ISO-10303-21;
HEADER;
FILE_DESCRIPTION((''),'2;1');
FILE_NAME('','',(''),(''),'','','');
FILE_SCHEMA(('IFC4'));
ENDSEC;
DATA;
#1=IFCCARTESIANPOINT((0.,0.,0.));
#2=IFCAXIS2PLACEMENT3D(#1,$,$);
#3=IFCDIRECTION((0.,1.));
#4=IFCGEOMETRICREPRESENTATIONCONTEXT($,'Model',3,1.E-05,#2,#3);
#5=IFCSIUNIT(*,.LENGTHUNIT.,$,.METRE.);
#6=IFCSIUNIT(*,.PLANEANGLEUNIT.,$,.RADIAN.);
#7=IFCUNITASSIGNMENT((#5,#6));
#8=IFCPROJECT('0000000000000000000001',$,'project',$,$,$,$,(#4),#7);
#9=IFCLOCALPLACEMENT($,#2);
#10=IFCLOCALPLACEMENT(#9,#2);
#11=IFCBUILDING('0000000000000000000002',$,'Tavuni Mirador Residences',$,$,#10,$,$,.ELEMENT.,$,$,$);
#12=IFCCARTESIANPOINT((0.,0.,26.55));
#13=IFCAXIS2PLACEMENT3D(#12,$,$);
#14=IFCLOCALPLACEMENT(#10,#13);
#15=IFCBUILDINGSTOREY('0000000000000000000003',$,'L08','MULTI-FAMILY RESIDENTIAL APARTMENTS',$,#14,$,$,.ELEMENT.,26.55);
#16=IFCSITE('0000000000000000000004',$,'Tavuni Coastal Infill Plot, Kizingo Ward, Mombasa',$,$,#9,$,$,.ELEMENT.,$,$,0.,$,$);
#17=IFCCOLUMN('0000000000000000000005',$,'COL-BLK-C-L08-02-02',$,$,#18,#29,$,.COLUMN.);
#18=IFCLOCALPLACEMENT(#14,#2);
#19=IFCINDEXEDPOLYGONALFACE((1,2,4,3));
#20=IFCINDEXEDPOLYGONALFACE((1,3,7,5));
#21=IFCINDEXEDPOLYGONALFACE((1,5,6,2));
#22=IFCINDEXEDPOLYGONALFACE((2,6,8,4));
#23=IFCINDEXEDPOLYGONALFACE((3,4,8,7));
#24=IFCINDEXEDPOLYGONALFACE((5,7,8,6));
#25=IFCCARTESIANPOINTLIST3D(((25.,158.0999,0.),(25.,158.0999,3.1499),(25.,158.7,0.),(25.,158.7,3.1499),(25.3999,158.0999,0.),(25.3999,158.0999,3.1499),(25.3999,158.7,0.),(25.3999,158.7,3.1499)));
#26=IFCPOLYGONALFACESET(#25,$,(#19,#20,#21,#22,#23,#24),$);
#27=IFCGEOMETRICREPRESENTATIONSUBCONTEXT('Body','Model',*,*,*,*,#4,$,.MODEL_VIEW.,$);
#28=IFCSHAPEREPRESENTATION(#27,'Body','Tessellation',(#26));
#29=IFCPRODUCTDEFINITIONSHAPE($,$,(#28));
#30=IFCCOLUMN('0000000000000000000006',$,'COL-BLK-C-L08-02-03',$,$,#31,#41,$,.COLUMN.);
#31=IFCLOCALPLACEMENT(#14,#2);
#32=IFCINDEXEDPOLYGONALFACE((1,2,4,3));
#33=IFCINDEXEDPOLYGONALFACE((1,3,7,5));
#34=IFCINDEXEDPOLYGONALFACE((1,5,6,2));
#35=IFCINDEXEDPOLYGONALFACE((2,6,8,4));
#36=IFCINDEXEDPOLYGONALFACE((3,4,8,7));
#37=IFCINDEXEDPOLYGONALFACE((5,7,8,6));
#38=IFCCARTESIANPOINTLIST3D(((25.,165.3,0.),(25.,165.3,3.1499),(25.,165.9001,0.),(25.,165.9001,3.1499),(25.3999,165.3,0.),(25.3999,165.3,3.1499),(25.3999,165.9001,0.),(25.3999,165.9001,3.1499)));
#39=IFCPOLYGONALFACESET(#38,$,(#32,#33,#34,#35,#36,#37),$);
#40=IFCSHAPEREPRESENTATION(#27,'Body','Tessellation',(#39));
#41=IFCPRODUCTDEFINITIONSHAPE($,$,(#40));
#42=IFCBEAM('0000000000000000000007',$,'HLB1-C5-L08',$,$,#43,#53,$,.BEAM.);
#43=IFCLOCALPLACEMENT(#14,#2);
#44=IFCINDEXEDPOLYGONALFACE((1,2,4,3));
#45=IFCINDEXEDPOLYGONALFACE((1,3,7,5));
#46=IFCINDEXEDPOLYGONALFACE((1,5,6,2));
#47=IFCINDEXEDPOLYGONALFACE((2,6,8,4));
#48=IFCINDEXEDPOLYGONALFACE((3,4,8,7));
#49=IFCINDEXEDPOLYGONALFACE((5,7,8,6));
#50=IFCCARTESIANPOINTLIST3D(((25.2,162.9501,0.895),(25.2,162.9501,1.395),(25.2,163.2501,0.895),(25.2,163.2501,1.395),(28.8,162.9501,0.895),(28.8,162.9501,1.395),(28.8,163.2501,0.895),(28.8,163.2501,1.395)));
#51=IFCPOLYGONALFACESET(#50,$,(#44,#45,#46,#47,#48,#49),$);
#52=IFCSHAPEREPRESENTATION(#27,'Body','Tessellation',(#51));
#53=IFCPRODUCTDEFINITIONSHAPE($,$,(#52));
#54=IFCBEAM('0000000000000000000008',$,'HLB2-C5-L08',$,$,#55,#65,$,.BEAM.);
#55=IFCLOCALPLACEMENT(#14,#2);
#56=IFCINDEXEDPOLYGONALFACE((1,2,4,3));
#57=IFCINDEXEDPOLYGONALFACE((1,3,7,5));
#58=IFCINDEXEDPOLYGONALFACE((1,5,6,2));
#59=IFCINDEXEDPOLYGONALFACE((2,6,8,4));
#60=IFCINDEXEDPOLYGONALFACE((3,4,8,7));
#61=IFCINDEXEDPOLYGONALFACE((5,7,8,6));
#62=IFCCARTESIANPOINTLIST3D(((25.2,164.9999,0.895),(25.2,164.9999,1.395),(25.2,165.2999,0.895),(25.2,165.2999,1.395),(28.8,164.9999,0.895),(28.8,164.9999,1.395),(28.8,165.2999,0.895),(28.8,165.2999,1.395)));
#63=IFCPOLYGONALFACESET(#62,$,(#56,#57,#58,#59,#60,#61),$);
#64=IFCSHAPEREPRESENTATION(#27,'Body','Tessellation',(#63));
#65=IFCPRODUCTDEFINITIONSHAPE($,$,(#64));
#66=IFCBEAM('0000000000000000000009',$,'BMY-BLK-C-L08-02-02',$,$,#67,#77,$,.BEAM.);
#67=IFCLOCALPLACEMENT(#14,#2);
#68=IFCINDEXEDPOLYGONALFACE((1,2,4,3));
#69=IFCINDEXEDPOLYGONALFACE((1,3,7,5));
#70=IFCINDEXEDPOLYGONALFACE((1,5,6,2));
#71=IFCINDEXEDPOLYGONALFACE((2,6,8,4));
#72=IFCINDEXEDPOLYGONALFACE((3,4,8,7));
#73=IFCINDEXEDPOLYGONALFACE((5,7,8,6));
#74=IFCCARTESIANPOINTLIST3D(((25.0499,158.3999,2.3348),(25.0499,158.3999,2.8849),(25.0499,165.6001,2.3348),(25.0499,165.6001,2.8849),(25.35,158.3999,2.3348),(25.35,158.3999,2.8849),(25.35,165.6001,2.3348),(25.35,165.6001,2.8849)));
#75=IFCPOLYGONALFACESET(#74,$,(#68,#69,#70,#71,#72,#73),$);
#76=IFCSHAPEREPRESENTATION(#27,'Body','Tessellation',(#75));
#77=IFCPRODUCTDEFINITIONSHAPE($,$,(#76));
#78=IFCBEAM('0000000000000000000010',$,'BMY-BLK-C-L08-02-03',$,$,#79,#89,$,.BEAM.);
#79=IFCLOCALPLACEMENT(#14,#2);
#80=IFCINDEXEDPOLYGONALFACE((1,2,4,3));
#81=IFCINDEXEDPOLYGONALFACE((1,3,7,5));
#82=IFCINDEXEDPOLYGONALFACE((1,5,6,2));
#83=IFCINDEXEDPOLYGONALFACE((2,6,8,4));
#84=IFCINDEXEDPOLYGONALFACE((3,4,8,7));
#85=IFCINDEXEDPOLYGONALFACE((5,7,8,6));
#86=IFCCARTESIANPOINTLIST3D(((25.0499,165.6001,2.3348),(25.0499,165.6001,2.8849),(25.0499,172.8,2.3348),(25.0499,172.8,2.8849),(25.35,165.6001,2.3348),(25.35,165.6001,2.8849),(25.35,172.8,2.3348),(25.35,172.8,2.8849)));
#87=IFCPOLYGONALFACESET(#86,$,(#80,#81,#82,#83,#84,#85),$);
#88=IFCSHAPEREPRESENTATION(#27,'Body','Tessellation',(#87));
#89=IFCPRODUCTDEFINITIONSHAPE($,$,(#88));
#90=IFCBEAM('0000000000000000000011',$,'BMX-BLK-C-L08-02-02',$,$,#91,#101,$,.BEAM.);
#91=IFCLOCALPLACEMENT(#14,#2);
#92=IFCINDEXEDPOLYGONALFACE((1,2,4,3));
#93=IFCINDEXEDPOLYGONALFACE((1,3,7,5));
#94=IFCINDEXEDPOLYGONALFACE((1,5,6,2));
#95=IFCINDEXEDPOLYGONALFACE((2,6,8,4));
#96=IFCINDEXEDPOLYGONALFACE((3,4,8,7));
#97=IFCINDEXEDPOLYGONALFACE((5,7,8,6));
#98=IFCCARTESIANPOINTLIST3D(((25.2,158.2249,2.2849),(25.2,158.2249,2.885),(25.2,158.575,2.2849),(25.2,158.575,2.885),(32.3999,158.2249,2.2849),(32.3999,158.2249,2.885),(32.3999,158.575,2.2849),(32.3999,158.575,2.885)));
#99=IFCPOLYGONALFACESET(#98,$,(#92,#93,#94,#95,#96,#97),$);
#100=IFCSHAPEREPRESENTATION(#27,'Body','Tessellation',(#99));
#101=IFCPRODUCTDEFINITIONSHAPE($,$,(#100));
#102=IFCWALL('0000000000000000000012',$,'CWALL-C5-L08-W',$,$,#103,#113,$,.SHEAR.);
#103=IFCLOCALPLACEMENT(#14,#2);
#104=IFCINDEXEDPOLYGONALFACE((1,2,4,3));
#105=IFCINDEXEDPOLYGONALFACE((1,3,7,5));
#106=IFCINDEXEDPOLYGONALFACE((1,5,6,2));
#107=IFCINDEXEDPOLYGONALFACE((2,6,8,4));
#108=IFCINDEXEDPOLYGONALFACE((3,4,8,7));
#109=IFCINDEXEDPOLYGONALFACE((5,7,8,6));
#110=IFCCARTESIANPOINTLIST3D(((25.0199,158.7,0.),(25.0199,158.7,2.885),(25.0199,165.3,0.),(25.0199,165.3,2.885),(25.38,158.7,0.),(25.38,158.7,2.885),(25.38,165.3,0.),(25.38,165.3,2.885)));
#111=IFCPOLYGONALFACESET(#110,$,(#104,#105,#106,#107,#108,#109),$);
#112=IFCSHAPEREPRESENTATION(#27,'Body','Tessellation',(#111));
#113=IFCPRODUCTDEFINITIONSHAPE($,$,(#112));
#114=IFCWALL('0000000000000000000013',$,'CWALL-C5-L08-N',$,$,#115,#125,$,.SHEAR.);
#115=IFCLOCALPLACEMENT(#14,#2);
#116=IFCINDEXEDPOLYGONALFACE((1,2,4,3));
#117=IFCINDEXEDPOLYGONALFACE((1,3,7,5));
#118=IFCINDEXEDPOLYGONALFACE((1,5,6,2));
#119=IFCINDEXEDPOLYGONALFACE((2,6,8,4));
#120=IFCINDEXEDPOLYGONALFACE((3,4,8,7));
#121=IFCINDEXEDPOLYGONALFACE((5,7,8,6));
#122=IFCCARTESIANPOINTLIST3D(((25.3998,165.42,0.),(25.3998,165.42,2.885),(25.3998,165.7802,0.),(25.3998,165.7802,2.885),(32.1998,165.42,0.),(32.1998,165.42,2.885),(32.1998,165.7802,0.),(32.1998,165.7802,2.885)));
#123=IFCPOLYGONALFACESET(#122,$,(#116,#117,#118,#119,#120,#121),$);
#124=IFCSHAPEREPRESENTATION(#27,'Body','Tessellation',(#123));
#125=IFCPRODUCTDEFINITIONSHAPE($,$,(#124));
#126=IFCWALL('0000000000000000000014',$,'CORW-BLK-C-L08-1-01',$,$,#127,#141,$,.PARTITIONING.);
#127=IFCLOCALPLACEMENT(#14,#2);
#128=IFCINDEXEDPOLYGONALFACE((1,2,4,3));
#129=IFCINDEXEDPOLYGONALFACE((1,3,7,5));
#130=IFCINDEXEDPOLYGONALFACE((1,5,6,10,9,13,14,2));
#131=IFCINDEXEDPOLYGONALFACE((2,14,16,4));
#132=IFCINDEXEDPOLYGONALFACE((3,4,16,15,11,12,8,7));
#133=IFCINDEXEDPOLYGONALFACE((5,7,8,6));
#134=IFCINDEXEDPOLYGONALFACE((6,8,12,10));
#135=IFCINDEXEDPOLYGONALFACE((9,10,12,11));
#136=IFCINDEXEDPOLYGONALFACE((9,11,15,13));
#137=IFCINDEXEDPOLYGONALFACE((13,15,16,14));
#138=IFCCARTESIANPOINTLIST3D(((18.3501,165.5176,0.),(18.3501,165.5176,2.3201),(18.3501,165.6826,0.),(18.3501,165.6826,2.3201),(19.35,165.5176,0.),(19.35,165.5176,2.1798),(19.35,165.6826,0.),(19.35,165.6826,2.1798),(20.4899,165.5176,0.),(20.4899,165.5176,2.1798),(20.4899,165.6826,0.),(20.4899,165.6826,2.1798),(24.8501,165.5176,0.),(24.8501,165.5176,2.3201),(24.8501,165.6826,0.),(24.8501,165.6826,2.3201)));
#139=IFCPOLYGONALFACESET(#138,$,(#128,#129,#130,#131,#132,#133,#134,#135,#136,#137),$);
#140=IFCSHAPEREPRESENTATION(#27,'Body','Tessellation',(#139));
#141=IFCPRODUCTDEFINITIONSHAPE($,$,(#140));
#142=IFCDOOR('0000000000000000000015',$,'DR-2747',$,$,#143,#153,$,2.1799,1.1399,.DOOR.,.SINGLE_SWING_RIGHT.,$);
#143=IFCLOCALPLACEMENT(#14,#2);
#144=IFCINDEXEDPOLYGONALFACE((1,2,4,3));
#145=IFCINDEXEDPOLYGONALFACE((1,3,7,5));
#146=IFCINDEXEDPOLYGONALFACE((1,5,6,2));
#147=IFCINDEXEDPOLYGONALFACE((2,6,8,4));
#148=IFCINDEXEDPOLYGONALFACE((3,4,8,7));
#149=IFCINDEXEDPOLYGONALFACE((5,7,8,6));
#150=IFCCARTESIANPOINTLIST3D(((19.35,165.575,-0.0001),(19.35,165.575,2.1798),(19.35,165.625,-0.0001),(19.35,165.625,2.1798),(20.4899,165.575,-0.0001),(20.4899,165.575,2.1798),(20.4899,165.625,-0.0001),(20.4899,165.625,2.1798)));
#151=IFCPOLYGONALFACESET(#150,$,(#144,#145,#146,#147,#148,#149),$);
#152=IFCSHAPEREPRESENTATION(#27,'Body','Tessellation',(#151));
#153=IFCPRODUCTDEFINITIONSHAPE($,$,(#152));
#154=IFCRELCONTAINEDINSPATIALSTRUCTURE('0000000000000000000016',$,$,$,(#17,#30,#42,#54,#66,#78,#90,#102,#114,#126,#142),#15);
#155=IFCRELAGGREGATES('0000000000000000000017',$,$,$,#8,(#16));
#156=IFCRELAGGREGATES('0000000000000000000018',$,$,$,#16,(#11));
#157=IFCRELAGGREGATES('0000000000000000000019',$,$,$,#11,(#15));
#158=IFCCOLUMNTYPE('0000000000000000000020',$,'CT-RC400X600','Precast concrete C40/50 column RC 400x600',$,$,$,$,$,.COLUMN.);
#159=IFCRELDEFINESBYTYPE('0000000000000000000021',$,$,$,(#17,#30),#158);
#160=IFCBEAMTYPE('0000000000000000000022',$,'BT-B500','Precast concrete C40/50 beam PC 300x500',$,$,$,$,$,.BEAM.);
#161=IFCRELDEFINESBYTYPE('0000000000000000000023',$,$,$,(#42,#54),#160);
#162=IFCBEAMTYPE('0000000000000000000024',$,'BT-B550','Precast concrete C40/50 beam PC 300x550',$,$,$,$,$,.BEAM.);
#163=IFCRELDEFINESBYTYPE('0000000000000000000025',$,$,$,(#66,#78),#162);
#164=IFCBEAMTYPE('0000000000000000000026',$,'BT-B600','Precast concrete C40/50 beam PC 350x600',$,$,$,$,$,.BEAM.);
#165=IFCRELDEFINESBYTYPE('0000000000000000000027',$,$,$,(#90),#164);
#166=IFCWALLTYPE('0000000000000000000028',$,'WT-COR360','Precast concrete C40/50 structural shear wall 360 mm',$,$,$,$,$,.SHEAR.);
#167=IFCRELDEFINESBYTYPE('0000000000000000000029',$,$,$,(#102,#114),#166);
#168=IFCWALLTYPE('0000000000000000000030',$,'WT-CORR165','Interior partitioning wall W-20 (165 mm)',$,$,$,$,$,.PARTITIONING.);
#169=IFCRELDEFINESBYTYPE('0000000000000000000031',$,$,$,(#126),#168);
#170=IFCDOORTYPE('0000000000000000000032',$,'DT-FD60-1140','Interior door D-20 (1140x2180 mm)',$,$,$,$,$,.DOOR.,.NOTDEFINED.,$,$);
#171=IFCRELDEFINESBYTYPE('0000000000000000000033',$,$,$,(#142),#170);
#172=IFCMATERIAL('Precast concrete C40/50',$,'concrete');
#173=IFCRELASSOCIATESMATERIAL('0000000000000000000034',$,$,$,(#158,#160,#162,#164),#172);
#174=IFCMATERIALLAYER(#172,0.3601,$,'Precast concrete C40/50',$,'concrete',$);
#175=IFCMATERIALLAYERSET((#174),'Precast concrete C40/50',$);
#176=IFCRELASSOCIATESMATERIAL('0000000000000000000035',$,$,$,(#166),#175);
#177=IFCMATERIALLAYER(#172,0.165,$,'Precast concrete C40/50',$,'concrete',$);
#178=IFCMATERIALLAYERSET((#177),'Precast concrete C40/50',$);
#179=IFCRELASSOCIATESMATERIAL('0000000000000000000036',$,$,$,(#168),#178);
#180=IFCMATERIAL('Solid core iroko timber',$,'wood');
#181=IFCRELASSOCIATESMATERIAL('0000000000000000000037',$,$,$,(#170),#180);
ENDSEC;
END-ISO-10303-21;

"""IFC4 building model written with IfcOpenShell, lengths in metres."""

from ifc_helpers import new_model, si_unit, direction, frame, frame_2d, origin, origin_2d, place, context, subcontext, project, spatial, rectangle, extrude, material, layer, layer_set, material_profile, profile_set, type_object, element, fill, save


model = new_model("IFC4")

# Units and contexts
model_context = context("Model", 3, precision=1e-05, world=origin(), true_north=direction((0.0, 1.0)))
body_context = subcontext(model_context, "Body", "Model", "MODEL_VIEW")
ifc_project = project(units=[si_unit("LENGTHUNIT", "METRE"), si_unit("PLANEANGLEUNIT", "RADIAN")], contexts=[model_context])

# Site, building, storey
site_placement = place(None, origin())
site = spatial("IfcSite", under=ifc_project, at=site_placement, Name="Tavuni Coastal Infill Plot, Kizingo Ward, Mombasa", CompositionType="ELEMENT", RefElevation=0.0)
building_placement = place(site_placement, origin())
building = spatial("IfcBuilding", under=site, at=building_placement, Name="Tavuni Mirador Residences", CompositionType="ELEMENT")
storey_placement = place(building_placement, frame((0.0, 0.0, 26.55)))
storey = spatial("IfcBuildingStorey", under=building, at=storey_placement, Name="L08", Description="MULTI-FAMILY RESIDENTIAL APARTMENTS", CompositionType="ELEMENT", Elevation=26.55)

# Columns
ifc_material_1 = material(Name="Precast concrete C40/50", Category="concrete")
ifc_material_profile_1 = material_profile(ifc_material_1, rectangle(XDim=0.3999, YDim=0.6001, at=origin_2d()), Name="RC 400x600", Category="concrete")
ifc_profile_set_1 = profile_set([ifc_material_profile_1], Name="Precast concrete C40/50")
column_type = type_object("IfcColumnType", Name="CT-RC400X600", Description="Precast concrete C40/50 column RC 400x600", PredefinedType="COLUMN", material=ifc_profile_set_1)
for number, where, z_axis, x_axis, name in (
    (1, (25.2, 158.3999, 0.0), (0.0, 0.0, 1.0), (1.0, 0.0, 0.0), "COL-BLK-C-L08-02-02"),
    (2, (25.2, 165.6001, 0.0), (0.0, 0.0, 1.0), (1.0, 0.0, 0.0), "COL-BLK-C-L08-02-03"),
):
    element("IfcColumn", number, at=place(storey_placement, frame(where, z_axis=z_axis, x_axis=x_axis)), inside=storey, type_object=column_type, Name=name, PredefinedType="COLUMN", context=body_context, shape_type="SweptSolid", body=[
        extrude(rectangle(XDim=0.3999, YDim=0.6001, at=origin_2d()), origin(), (0.0, 0.0, 1.0), 3.1499),
    ])

# Beams
ifc_material_profile_2 = material_profile(ifc_material_1, rectangle(XDim=0.3, YDim=0.5, at=origin_2d()), Name="PC 300x500", Category="concrete")
ifc_profile_set_2 = profile_set([ifc_material_profile_2], Name="Precast concrete C40/50")
beam_type_1 = type_object("IfcBeamType", Name="BT-B500", Description="Precast concrete C40/50 beam PC 300x500", PredefinedType="BEAM", material=ifc_profile_set_2)
for number, where, z_axis, x_axis, name in (
    (3, (25.2, 163.1001, 1.145), (1.0, 0.0, 0.0), (0.0, 1.0, 0.0), "HLB1-C5-L08"),
    (4, (25.2, 165.1499, 1.145), (1.0, 0.0, 0.0), (0.0, 1.0, 0.0), "HLB2-C5-L08"),
):
    element("IfcBeam", number, at=place(storey_placement, frame(where, z_axis=z_axis, x_axis=x_axis)), inside=storey, type_object=beam_type_1, Name=name, PredefinedType="BEAM", context=body_context, shape_type="SweptSolid", body=[
        extrude(rectangle(XDim=0.3, YDim=0.5, at=origin_2d()), origin(), (0.0, 0.0, 1.0), 3.6001),
    ])
ifc_material_profile_3 = material_profile(ifc_material_1, rectangle(XDim=0.3, YDim=0.55, at=origin_2d()), Name="PC 300x550", Category="concrete")
ifc_profile_set_3 = profile_set([ifc_material_profile_3], Name="Precast concrete C40/50")
beam_type_2 = type_object("IfcBeamType", Name="BT-B550", Description="Precast concrete C40/50 beam PC 300x550", PredefinedType="BEAM", material=ifc_profile_set_3)
beam_1_placement = place(storey_placement, frame((25.2, 158.3999, 2.6099), z_axis=(0.0, 1.0, 0.0), x_axis=(-1.0, 0.0, 0.0)))
element("IfcBeam", 5, at=beam_1_placement, inside=storey, type_object=beam_type_2, Name="BMY-BLK-C-L08-02-02", PredefinedType="BEAM", context=body_context, shape_type="SweptSolid", body=[
    extrude(rectangle(XDim=0.3, YDim=0.55, at=origin_2d()), origin(), (0.0, 0.0, 1.0), 7.2002),
])
beam_2_placement = place(storey_placement, frame((25.2, 165.6001, 2.6099), z_axis=(0.0, 1.0, 0.0), x_axis=(-1.0, 0.0, 0.0)))
element("IfcBeam", 6, at=beam_2_placement, inside=storey, type_object=beam_type_2, Name="BMY-BLK-C-L08-02-03", PredefinedType="BEAM", context=body_context, shape_type="SweptSolid", body=[
    extrude(rectangle(XDim=0.3, YDim=0.55, at=origin_2d()), origin(), (0.0, 0.0, 1.0), 7.2),
])
ifc_material_profile_4 = material_profile(ifc_material_1, rectangle(XDim=0.3501, YDim=0.6001, at=origin_2d()), Name="PC 350x600", Category="concrete")
ifc_profile_set_4 = profile_set([ifc_material_profile_4], Name="Precast concrete C40/50")
beam_type_3 = type_object("IfcBeamType", Name="BT-B600", Description="Precast concrete C40/50 beam PC 350x600", PredefinedType="BEAM", material=ifc_profile_set_4)
beam_3_placement = place(storey_placement, frame((25.2, 158.3999, 2.585), z_axis=(1.0, 0.0, 0.0), x_axis=(0.0, 1.0, 0.0)))
element("IfcBeam", 7, at=beam_3_placement, inside=storey, type_object=beam_type_3, Name="BMX-BLK-C-L08-02-02", PredefinedType="BEAM", context=body_context, shape_type="SweptSolid", body=[
    extrude(rectangle(XDim=0.3501, YDim=0.6001, at=origin_2d()), origin(), (0.0, 0.0, 1.0), 7.2),
])

# Walls
ifc_layer_1 = layer(ifc_material_1, 0.3601, Name="Precast concrete C40/50", Category="concrete")
ifc_layer_set_1 = layer_set([ifc_layer_1], Name="Precast concrete C40/50")
wall_type_1 = type_object("IfcWallType", Name="WT-COR360", Description="Precast concrete C40/50 structural shear wall 360 mm", PredefinedType="SHEAR", material=ifc_layer_set_1)
wall_1_placement = place(storey_placement, frame((25.2, 158.7, 0.0), z_axis=(0.0, 0.0, 1.0), x_axis=(0.0, 1.0, 0.0)))
element("IfcWall", 8, at=wall_1_placement, inside=storey, type_object=wall_type_1, Name="CWALL-C5-L08-W", PredefinedType="SHEAR", context=body_context, shape_type="SweptSolid", body=[
    extrude(rectangle(XDim=6.6001, YDim=0.3601, at=frame_2d((3.3, 0.0))), origin(), (0.0, 0.0, 1.0), 2.885),
])
wall_2_placement = place(storey_placement, frame((25.3999, 165.6001, 0.0), z_axis=(0.0, 0.0, 1.0), x_axis=(1.0, 0.0, 0.0)))
element("IfcWall", 9, at=wall_2_placement, inside=storey, type_object=wall_type_1, Name="CWALL-C5-L08-N", PredefinedType="SHEAR", context=body_context, shape_type="SweptSolid", body=[
    extrude(rectangle(XDim=6.8, YDim=0.3601, at=frame_2d((3.3999, 0.0))), origin(), (0.0, 0.0, 1.0), 2.885),
])

# Wall, opening, door
ifc_material_2 = material(Name="Solid core iroko timber", Category="wood")
ifc_layer_2 = layer(ifc_material_1, 0.165, Name="Precast concrete C40/50", Category="concrete")
ifc_layer_set_2 = layer_set([ifc_layer_2], Name="Precast concrete C40/50")
wall_type_2 = type_object("IfcWallType", Name="WT-CORR165", Description="Interior partitioning wall W-20 (165 mm)", PredefinedType="PARTITIONING", material=ifc_layer_set_2)
wall_3_placement = place(storey_placement, frame((18.3501, 165.6001, 0.0), z_axis=(0.0, 0.0, 1.0), x_axis=(1.0, 0.0, 0.0)))
wall_3 = element("IfcWall", 10, at=wall_3_placement, inside=storey, type_object=wall_type_2, Name="CORW-BLK-C-L08-1-01", PredefinedType="PARTITIONING", context=body_context, shape_type="SweptSolid", body=[
    extrude(rectangle(XDim=6.5, YDim=0.165, at=frame_2d((3.25, 0.0))), origin(), (0.0, 0.0, 1.0), 2.3201),
])
opening_1_placement = place(wall_3_placement, frame((1.0, 0.0, 0.0)))
opening_1 = element("IfcOpeningElement", 11, at=opening_1_placement, cuts=wall_3, PredefinedType="OPENING", context=body_context, shape_type="SweptSolid", body=[
    extrude(rectangle(XDim=1.1399, YDim=2.1799, at=frame_2d((0.5698, 1.0898))), frame((0.0, 0.0925, 0.0), z_axis=(0.0, -1.0, 0.0), x_axis=(1.0, 0.0, 0.0)), (0.0, 0.0, 1.0), 0.1851),
])
door_type_1 = type_object("IfcDoorType", Name="DT-FD60-1140", Description="Interior door D-20 (1140x2180 mm)", OperationType="NOTDEFINED", PredefinedType="DOOR", material=ifc_material_2)
door_1_placement = place(opening_1_placement, origin())
door_1 = element("IfcDoor", 12, at=door_1_placement, inside=storey, type_object=door_type_1, Name="DR-2747", OperationType="SINGLE_SWING_RIGHT", OverallHeight=2.1799, OverallWidth=1.1399, PredefinedType="DOOR", context=body_context, shape_type="SweptSolid", body=[
    extrude(rectangle(XDim=1.1399, YDim=2.1799, at=frame_2d((0.5698, 1.0898))), frame((0.0, 0.0249, 0.0), z_axis=(0.0, -1.0, 0.0), x_axis=(1.0, 0.0, 0.0)), (0.0, 0.0, 1.0), 0.05),
])
fill(opening_1, door_1)

save(model, "model.ifc")
